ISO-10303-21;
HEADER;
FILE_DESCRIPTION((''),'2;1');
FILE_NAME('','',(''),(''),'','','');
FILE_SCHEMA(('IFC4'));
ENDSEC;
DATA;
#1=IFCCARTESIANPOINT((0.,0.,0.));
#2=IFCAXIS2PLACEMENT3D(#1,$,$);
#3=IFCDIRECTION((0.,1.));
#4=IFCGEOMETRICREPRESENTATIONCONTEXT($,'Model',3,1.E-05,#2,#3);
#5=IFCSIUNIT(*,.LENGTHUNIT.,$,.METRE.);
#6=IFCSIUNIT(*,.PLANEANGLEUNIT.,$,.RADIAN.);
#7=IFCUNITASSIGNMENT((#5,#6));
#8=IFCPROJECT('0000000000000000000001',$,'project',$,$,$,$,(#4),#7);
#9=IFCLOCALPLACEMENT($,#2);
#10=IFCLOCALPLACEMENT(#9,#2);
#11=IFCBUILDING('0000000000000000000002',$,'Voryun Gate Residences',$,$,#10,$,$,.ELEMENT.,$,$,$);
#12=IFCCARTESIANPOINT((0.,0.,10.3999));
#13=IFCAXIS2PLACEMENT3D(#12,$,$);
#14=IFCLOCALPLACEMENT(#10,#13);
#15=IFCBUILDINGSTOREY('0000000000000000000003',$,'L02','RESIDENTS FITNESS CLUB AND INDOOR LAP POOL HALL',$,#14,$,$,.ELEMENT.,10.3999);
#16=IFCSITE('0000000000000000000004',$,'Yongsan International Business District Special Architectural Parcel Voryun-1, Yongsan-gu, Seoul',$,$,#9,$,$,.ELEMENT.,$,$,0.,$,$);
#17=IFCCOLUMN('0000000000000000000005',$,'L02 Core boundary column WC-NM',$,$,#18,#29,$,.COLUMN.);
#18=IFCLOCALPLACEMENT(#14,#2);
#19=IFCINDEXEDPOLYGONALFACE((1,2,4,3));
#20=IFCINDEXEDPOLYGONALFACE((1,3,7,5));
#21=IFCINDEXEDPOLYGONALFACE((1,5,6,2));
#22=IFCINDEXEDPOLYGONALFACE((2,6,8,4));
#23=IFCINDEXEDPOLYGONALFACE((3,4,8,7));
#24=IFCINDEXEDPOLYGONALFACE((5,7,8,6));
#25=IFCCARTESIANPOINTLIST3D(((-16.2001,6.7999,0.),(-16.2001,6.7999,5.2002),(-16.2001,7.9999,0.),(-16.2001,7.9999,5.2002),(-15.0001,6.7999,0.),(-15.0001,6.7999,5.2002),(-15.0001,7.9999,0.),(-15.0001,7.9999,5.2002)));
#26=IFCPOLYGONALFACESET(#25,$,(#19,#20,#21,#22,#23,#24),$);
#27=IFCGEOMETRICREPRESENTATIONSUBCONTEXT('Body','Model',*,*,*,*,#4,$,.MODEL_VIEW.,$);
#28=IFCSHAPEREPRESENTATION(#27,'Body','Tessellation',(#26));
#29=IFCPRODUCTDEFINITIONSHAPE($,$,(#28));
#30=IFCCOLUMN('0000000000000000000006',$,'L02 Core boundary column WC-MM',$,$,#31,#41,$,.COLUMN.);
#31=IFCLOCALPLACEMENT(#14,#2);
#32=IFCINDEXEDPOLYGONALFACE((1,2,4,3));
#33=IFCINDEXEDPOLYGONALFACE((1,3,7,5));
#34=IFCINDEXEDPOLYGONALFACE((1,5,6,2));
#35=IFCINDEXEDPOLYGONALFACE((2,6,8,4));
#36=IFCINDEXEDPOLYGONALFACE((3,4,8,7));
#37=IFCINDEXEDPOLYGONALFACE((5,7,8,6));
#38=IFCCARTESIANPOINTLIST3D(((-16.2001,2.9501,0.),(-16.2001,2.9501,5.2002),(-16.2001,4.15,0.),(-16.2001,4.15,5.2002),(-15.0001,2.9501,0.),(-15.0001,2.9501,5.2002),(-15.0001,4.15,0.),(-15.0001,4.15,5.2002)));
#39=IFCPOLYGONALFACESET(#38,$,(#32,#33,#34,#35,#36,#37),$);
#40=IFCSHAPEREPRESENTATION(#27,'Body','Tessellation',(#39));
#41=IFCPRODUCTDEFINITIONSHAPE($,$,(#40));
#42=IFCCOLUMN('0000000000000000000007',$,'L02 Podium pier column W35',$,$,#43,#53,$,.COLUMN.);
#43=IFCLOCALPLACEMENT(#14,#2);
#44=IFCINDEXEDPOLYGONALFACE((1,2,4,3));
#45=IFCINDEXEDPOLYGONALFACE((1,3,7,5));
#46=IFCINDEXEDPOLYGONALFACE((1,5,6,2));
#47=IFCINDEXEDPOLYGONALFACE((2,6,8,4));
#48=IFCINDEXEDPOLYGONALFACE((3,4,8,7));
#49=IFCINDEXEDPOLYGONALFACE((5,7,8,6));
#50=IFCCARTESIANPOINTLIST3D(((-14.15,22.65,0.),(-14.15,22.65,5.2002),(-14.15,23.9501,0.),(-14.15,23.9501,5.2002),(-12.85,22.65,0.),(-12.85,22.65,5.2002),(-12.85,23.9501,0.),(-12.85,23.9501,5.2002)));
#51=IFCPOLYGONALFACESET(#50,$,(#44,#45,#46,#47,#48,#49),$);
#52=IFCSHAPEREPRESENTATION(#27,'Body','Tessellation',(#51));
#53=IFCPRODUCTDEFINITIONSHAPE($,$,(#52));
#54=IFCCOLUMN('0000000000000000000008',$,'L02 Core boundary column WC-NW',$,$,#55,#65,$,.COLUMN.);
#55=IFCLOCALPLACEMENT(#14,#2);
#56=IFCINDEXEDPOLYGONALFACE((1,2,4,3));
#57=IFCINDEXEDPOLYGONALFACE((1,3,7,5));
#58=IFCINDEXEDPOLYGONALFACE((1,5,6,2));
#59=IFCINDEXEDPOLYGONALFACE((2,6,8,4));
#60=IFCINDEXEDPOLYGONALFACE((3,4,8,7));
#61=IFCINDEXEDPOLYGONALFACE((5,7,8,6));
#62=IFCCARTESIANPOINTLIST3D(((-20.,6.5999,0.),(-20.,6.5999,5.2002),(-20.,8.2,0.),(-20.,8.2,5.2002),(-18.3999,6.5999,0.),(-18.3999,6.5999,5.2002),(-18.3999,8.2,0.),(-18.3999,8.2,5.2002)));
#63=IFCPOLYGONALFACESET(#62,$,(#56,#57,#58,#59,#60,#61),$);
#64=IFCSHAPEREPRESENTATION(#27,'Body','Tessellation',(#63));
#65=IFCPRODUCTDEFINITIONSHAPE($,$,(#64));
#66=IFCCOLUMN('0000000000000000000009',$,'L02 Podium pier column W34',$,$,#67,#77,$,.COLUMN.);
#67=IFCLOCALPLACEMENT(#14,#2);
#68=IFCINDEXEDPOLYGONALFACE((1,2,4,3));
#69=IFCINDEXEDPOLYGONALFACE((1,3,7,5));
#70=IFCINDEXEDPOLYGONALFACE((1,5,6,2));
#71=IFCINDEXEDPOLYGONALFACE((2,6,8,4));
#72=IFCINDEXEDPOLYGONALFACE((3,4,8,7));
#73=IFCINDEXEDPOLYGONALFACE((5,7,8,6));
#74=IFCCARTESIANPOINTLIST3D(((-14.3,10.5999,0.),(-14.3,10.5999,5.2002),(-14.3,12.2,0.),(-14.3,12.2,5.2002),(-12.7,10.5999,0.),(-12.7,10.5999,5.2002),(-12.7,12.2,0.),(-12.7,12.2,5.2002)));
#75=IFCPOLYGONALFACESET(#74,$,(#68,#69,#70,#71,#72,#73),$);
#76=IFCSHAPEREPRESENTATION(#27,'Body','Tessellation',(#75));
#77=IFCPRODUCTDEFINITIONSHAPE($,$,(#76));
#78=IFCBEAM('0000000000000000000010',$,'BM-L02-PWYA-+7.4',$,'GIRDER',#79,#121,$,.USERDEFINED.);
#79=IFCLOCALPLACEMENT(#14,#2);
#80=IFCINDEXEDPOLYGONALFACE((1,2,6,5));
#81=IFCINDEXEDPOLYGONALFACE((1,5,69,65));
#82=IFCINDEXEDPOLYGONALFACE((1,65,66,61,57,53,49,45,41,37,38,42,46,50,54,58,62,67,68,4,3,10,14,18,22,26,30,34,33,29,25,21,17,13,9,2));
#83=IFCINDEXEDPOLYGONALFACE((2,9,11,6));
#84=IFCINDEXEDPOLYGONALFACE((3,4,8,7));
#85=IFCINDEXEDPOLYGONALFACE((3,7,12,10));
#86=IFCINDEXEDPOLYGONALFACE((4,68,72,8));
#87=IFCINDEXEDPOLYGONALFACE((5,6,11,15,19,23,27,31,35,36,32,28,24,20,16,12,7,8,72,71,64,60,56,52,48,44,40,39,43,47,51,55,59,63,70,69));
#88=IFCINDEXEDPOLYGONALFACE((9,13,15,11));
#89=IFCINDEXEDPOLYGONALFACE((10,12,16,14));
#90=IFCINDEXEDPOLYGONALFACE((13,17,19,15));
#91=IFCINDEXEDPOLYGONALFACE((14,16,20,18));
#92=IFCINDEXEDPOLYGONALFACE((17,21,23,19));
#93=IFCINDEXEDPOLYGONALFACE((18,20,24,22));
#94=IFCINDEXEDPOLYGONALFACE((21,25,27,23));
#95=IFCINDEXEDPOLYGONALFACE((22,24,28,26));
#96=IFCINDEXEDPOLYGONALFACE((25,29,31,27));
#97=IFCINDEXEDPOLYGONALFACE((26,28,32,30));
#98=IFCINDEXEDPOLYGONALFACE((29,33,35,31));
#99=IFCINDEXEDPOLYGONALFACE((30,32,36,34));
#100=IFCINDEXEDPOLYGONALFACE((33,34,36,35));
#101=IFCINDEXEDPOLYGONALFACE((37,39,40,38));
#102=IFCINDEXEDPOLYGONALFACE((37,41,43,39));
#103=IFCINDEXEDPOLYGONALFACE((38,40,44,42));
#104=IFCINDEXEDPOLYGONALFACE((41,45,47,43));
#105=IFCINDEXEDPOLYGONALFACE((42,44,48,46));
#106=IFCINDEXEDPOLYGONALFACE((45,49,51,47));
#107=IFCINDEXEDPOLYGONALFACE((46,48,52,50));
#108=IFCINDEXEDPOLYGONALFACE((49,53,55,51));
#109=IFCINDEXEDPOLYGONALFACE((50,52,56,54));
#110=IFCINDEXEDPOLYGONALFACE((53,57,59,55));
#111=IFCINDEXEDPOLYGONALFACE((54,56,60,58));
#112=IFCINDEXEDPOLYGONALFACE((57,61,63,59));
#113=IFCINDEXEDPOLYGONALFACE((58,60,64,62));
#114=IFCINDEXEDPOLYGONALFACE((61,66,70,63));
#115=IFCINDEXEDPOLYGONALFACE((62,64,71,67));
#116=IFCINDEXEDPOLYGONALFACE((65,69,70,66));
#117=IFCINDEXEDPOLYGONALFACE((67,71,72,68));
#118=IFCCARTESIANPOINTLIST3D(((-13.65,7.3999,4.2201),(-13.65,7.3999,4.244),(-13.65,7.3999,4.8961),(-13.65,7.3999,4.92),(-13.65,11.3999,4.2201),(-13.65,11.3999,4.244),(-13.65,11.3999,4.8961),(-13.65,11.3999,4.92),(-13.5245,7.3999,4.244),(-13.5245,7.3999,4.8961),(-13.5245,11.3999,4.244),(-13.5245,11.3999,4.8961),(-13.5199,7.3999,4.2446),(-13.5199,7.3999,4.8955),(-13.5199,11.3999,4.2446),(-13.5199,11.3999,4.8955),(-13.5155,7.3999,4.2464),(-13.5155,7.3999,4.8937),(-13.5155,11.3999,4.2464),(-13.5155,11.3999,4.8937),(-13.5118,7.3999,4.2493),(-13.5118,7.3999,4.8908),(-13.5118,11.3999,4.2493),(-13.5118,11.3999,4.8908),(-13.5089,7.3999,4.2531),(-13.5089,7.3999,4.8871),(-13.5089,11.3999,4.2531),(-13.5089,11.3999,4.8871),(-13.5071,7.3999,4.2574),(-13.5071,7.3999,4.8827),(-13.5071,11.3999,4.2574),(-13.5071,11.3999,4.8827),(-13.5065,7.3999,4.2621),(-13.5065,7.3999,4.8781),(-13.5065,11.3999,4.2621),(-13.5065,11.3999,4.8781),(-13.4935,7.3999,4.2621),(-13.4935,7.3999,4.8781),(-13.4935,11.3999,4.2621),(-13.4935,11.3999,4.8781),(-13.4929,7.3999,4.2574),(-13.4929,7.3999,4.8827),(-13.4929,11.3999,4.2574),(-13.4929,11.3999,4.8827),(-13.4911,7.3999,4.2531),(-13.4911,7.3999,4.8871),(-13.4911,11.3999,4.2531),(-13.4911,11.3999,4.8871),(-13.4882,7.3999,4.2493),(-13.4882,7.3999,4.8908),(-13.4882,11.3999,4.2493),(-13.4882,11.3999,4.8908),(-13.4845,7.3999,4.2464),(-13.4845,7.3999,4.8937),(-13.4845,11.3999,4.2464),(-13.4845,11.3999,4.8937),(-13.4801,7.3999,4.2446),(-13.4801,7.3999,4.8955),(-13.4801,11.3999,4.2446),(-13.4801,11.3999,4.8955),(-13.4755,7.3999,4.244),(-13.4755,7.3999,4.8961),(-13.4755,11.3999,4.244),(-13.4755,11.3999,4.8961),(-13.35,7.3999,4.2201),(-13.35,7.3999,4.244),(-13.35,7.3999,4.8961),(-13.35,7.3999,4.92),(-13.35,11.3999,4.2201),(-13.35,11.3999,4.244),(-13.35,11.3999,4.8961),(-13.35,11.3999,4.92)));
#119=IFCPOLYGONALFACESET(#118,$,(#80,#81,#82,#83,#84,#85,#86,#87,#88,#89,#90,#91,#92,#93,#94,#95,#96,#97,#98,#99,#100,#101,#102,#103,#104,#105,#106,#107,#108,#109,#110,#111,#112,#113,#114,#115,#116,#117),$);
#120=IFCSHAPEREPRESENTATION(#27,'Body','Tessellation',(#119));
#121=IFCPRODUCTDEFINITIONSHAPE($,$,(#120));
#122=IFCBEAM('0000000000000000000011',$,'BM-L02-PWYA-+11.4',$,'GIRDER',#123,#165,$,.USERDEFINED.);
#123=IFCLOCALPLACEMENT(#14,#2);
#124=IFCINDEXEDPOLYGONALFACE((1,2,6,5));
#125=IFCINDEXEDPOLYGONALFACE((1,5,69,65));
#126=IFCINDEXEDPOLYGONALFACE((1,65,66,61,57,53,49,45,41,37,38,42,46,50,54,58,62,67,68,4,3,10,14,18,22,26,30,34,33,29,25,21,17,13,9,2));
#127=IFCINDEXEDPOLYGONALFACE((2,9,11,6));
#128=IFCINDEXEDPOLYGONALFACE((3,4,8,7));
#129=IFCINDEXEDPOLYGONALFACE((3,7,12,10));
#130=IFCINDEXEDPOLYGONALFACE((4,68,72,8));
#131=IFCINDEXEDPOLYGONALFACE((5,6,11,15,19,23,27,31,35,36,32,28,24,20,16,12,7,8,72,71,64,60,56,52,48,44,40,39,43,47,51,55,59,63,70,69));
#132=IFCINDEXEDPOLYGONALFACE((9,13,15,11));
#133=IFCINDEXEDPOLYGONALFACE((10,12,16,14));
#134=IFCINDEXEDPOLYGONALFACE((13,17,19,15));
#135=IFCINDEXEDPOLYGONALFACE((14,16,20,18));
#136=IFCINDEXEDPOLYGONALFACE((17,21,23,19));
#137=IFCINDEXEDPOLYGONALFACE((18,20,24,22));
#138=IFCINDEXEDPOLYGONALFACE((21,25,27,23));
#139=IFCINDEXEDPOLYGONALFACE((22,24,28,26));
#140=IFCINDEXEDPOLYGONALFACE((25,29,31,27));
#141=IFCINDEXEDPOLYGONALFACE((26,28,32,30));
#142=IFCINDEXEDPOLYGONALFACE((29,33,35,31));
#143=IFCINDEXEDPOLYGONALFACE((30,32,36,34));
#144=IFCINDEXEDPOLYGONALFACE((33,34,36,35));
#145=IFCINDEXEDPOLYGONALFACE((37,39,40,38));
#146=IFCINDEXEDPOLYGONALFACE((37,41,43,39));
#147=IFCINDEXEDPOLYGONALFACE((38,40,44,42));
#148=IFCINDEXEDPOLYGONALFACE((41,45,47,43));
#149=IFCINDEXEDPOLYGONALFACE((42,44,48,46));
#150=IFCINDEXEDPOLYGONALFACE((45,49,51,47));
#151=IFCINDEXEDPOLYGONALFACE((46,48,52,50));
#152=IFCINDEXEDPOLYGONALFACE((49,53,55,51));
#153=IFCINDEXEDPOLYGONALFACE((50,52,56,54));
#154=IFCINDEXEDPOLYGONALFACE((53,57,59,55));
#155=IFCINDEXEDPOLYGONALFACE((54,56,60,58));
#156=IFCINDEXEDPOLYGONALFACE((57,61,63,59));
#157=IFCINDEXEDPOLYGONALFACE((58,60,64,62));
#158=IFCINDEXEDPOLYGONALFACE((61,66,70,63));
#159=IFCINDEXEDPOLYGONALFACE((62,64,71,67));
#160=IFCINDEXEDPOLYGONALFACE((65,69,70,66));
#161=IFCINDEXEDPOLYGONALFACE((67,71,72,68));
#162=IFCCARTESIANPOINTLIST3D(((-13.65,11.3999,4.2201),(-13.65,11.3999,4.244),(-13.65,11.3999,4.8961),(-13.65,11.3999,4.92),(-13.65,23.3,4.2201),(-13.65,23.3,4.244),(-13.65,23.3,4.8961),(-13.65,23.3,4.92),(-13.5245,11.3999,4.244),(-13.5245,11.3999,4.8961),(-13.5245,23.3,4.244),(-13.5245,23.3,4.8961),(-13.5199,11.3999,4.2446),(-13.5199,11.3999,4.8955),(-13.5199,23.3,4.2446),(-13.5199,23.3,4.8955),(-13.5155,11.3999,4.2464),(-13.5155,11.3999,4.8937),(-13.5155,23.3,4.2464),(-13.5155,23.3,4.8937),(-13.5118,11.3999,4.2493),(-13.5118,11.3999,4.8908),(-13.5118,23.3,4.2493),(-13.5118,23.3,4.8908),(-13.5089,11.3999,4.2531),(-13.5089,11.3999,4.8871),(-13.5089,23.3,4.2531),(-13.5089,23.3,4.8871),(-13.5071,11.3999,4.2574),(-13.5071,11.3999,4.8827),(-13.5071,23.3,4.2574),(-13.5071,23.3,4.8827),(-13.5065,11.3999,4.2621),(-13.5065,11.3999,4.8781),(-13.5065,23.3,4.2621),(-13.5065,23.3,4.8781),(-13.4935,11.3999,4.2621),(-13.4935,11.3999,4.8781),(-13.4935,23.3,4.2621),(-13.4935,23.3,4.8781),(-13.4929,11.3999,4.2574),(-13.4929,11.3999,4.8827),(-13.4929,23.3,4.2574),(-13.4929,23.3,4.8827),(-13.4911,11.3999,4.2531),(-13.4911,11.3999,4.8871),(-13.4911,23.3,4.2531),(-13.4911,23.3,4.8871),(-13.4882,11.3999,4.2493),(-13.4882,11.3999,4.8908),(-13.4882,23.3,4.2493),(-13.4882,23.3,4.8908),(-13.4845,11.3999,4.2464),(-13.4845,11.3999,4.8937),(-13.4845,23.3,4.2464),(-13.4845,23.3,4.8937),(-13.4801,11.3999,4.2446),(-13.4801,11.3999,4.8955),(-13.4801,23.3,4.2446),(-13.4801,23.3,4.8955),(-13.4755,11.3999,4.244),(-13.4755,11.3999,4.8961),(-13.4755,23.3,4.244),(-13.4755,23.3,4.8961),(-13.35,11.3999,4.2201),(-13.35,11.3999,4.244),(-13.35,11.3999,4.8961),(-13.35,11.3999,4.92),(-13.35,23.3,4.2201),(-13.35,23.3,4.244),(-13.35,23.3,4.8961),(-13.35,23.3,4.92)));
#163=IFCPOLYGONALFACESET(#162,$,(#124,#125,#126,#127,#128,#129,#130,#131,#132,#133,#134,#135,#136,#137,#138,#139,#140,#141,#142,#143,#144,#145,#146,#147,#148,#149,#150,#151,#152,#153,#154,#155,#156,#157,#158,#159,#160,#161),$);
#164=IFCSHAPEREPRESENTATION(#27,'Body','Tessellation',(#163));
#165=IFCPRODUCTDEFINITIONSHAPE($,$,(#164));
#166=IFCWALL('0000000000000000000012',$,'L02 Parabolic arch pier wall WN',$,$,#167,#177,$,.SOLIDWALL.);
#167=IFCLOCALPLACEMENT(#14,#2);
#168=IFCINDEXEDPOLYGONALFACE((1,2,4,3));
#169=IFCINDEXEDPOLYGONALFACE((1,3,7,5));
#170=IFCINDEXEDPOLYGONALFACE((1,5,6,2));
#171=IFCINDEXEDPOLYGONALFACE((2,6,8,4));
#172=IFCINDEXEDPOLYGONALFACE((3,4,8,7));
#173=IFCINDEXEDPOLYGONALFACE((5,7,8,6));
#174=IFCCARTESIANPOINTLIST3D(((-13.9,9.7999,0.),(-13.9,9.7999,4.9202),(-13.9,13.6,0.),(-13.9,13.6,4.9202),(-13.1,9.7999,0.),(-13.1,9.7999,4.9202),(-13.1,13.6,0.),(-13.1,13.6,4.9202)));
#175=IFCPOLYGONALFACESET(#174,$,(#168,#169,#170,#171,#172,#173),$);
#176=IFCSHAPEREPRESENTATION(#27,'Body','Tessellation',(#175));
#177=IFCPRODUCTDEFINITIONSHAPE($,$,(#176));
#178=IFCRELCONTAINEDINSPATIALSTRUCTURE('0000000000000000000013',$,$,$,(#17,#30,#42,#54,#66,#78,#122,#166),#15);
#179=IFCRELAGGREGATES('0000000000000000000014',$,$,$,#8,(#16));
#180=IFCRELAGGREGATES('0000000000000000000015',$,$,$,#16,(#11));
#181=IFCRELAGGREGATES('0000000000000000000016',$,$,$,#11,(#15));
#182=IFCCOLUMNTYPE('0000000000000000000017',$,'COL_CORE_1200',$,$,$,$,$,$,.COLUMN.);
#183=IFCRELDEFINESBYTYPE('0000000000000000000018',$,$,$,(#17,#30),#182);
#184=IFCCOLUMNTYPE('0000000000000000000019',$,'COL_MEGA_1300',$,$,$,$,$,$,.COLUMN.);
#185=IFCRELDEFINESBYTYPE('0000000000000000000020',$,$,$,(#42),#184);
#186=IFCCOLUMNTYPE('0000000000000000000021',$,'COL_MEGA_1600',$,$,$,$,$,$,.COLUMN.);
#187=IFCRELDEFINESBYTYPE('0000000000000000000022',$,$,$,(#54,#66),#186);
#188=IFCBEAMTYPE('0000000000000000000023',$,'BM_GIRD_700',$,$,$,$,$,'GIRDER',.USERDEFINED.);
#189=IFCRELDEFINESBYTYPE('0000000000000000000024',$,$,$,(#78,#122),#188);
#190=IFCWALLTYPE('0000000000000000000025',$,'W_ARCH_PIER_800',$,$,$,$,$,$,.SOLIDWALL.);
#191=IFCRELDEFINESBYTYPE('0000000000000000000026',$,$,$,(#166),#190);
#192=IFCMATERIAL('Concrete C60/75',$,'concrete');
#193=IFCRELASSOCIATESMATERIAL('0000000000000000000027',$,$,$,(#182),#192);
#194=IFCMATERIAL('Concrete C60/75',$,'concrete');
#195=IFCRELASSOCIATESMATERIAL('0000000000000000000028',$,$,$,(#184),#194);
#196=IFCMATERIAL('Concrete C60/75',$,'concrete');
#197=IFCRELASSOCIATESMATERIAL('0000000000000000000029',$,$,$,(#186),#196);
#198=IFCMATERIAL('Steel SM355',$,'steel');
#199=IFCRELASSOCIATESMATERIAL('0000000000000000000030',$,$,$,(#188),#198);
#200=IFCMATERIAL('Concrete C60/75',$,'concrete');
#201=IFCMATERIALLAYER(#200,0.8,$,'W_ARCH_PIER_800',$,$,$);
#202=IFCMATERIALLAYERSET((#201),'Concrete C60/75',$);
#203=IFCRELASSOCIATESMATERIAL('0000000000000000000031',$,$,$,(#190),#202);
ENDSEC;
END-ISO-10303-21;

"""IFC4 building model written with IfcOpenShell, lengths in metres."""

from ifc_helpers import new_model, si_unit, direction, frame, frame_2d, origin, origin_2d, place, context, subcontext, project, spatial, rectangle, i_section, extrude, material, layer, layer_set, material_profile, profile_set, type_object, element, save


model = new_model("IFC4")

# Units and contexts
model_context = context("Model", 3, precision=1e-05, world=origin(), true_north=direction((0.0, 1.0)))
body_context = subcontext(model_context, "Body", "Model", "MODEL_VIEW")
ifc_project = project(units=[si_unit("LENGTHUNIT", "METRE"), si_unit("PLANEANGLEUNIT", "RADIAN")], contexts=[model_context])

# Site, building, storey
site_placement = place(None, origin())
site = spatial("IfcSite", under=ifc_project, at=site_placement, Name="Yongsan International Business District Special Architectural Parcel Voryun-1, Yongsan-gu, Seoul", CompositionType="ELEMENT", RefElevation=0.0)
building_placement = place(site_placement, origin())
building = spatial("IfcBuilding", under=site, at=building_placement, Name="Voryun Gate Residences", CompositionType="ELEMENT")
storey_placement = place(building_placement, frame((0.0, 0.0, 10.3999)))
storey = spatial("IfcBuildingStorey", under=building, at=storey_placement, Name="L02", Description="RESIDENTS FITNESS CLUB AND INDOOR LAP POOL HALL", CompositionType="ELEMENT", Elevation=10.3999)

# Columns
ifc_material_1 = material(Name="Concrete C60/75", Category="concrete")
ifc_material_profile_1 = material_profile(ifc_material_1, rectangle(XDim=1.2, YDim=1.2, at=origin_2d()), Name="RC-1200x1200")
ifc_profile_set_1 = profile_set([ifc_material_profile_1], Name="Concrete C60/75")
column_type_1 = type_object("IfcColumnType", Name="COL_CORE_1200", PredefinedType="COLUMN", material=ifc_profile_set_1)
for number, where, z_axis, x_axis, name in (
    (1, (-15.6001, 7.3999, 0.0), (0.0, 0.0, 1.0), (1.0, 0.0, 0.0), "L02 Core boundary column WC-NM"),
    (2, (-15.6001, 3.55, 0.0), (0.0, 0.0, 1.0), (1.0, 0.0, 0.0), "L02 Core boundary column WC-MM"),
):
    element("IfcColumn", number, at=place(storey_placement, frame(where, z_axis=z_axis, x_axis=x_axis)), inside=storey, type_object=column_type_1, Name=name, PredefinedType="COLUMN", context=body_context, shape_type="SweptSolid", body=[
        extrude(rectangle(XDim=1.2, YDim=1.2, at=origin_2d()), origin(), (0.0, 0.0, 1.0), 5.2002),
    ])
ifc_material_2 = material(Name="Concrete C60/75", Category="concrete")
ifc_material_profile_2 = material_profile(ifc_material_2, rectangle(XDim=1.3, YDim=1.3, at=origin_2d()), Name="RC-1300x1300")
ifc_profile_set_2 = profile_set([ifc_material_profile_2], Name="Concrete C60/75")
column_type_2 = type_object("IfcColumnType", Name="COL_MEGA_1300", PredefinedType="COLUMN", material=ifc_profile_set_2)
column_placement = place(storey_placement, frame((-13.5, 23.3, 0.0), z_axis=(0.0, 0.0, 1.0), x_axis=(1.0, 0.0, 0.0)))
element("IfcColumn", 3, at=column_placement, inside=storey, type_object=column_type_2, Name="L02 Podium pier column W35", PredefinedType="COLUMN", context=body_context, shape_type="SweptSolid", body=[
    extrude(rectangle(XDim=1.3, YDim=1.3, at=origin_2d()), origin(), (0.0, 0.0, 1.0), 5.2002),
])
ifc_material_3 = material(Name="Concrete C60/75", Category="concrete")
ifc_material_profile_3 = material_profile(ifc_material_3, rectangle(XDim=1.6001, YDim=1.6001, at=origin_2d()), Name="RC-1600x1600")
ifc_profile_set_3 = profile_set([ifc_material_profile_3], Name="Concrete C60/75")
column_type_3 = type_object("IfcColumnType", Name="COL_MEGA_1600", PredefinedType="COLUMN", material=ifc_profile_set_3)
for number, where, z_axis, x_axis, name in (
    (4, (-19.2, 7.3999, 0.0), (0.0, 0.0, 1.0), (1.0, 0.0, 0.0), "L02 Core boundary column WC-NW"),
    (5, (-13.5, 11.3999, 0.0), (0.0, 0.0, 1.0), (1.0, 0.0, 0.0), "L02 Podium pier column W34"),
):
    element("IfcColumn", number, at=place(storey_placement, frame(where, z_axis=z_axis, x_axis=x_axis)), inside=storey, type_object=column_type_3, Name=name, PredefinedType="COLUMN", context=body_context, shape_type="SweptSolid", body=[
        extrude(rectangle(XDim=1.6001, YDim=1.6001, at=origin_2d()), origin(), (0.0, 0.0, 1.0), 5.2002),
    ])

# Beams
ifc_material_4 = material(Name="Steel SM355", Category="steel")
ifc_material_profile_4 = material_profile(ifc_material_4, i_section(OverallWidth=0.3, OverallDepth=0.7, WebThickness=0.0129, FlangeThickness=0.0239, FilletRadius=0.0181, at=origin_2d()), Name="H-700x300x13x24")
ifc_profile_set_4 = profile_set([ifc_material_profile_4], Name="Steel SM355")
beam_type = type_object("IfcBeamType", Name="BM_GIRD_700", ElementType="GIRDER", PredefinedType="USERDEFINED", material=ifc_profile_set_4)
beam_1_placement = place(storey_placement, frame((-13.5, 7.3999, 4.5701), z_axis=(0.0, 1.0, 0.0), x_axis=(-1.0, 0.0, 0.0)))
element("IfcBeam", 6, at=beam_1_placement, inside=storey, type_object=beam_type, Name="BM-L02-PWYA-+7.4", ObjectType="GIRDER", PredefinedType="USERDEFINED", context=body_context, shape_type="SweptSolid", body=[
    extrude(i_section(OverallWidth=0.3, OverallDepth=0.7, WebThickness=0.0129, FlangeThickness=0.0239, FilletRadius=0.0181, at=origin_2d()), origin(), (0.0, 0.0, 1.0), 4.0),
])
beam_2_placement = place(storey_placement, frame((-13.5, 11.3999, 4.5701), z_axis=(0.0, 1.0, 0.0), x_axis=(-1.0, 0.0, 0.0)))
element("IfcBeam", 7, at=beam_2_placement, inside=storey, type_object=beam_type, Name="BM-L02-PWYA-+11.4", ObjectType="GIRDER", PredefinedType="USERDEFINED", context=body_context, shape_type="SweptSolid", body=[
    extrude(i_section(OverallWidth=0.3, OverallDepth=0.7, WebThickness=0.0129, FlangeThickness=0.0239, FilletRadius=0.0181, at=origin_2d()), origin(), (0.0, 0.0, 1.0), 11.9001),
])

# Wall
ifc_material_5 = material(Name="Concrete C60/75", Category="concrete")
ifc_layer_1 = layer(ifc_material_5, 0.8, Name="W_ARCH_PIER_800")
ifc_layer_set_1 = layer_set([ifc_layer_1], Name="Concrete C60/75")
wall_type_1 = type_object("IfcWallType", Name="W_ARCH_PIER_800", PredefinedType="SOLIDWALL", material=ifc_layer_set_1)
wall_1_placement = place(storey_placement, frame((-13.5, 9.8, 0.0), z_axis=(0.0, 0.0, 1.0), x_axis=(0.0, 1.0, 0.0)))
element("IfcWall", 8, at=wall_1_placement, inside=storey, type_object=wall_type_1, Name="L02 Parabolic arch pier wall WN", PredefinedType="SOLIDWALL", context=body_context, shape_type="SweptSolid", body=[
    extrude(rectangle(XDim=3.8, YDim=0.8, at=frame_2d((1.8999, 0.0))), origin(), (0.0, 0.0, 1.0), 4.9202),
])

save(model, "model.ifc")
